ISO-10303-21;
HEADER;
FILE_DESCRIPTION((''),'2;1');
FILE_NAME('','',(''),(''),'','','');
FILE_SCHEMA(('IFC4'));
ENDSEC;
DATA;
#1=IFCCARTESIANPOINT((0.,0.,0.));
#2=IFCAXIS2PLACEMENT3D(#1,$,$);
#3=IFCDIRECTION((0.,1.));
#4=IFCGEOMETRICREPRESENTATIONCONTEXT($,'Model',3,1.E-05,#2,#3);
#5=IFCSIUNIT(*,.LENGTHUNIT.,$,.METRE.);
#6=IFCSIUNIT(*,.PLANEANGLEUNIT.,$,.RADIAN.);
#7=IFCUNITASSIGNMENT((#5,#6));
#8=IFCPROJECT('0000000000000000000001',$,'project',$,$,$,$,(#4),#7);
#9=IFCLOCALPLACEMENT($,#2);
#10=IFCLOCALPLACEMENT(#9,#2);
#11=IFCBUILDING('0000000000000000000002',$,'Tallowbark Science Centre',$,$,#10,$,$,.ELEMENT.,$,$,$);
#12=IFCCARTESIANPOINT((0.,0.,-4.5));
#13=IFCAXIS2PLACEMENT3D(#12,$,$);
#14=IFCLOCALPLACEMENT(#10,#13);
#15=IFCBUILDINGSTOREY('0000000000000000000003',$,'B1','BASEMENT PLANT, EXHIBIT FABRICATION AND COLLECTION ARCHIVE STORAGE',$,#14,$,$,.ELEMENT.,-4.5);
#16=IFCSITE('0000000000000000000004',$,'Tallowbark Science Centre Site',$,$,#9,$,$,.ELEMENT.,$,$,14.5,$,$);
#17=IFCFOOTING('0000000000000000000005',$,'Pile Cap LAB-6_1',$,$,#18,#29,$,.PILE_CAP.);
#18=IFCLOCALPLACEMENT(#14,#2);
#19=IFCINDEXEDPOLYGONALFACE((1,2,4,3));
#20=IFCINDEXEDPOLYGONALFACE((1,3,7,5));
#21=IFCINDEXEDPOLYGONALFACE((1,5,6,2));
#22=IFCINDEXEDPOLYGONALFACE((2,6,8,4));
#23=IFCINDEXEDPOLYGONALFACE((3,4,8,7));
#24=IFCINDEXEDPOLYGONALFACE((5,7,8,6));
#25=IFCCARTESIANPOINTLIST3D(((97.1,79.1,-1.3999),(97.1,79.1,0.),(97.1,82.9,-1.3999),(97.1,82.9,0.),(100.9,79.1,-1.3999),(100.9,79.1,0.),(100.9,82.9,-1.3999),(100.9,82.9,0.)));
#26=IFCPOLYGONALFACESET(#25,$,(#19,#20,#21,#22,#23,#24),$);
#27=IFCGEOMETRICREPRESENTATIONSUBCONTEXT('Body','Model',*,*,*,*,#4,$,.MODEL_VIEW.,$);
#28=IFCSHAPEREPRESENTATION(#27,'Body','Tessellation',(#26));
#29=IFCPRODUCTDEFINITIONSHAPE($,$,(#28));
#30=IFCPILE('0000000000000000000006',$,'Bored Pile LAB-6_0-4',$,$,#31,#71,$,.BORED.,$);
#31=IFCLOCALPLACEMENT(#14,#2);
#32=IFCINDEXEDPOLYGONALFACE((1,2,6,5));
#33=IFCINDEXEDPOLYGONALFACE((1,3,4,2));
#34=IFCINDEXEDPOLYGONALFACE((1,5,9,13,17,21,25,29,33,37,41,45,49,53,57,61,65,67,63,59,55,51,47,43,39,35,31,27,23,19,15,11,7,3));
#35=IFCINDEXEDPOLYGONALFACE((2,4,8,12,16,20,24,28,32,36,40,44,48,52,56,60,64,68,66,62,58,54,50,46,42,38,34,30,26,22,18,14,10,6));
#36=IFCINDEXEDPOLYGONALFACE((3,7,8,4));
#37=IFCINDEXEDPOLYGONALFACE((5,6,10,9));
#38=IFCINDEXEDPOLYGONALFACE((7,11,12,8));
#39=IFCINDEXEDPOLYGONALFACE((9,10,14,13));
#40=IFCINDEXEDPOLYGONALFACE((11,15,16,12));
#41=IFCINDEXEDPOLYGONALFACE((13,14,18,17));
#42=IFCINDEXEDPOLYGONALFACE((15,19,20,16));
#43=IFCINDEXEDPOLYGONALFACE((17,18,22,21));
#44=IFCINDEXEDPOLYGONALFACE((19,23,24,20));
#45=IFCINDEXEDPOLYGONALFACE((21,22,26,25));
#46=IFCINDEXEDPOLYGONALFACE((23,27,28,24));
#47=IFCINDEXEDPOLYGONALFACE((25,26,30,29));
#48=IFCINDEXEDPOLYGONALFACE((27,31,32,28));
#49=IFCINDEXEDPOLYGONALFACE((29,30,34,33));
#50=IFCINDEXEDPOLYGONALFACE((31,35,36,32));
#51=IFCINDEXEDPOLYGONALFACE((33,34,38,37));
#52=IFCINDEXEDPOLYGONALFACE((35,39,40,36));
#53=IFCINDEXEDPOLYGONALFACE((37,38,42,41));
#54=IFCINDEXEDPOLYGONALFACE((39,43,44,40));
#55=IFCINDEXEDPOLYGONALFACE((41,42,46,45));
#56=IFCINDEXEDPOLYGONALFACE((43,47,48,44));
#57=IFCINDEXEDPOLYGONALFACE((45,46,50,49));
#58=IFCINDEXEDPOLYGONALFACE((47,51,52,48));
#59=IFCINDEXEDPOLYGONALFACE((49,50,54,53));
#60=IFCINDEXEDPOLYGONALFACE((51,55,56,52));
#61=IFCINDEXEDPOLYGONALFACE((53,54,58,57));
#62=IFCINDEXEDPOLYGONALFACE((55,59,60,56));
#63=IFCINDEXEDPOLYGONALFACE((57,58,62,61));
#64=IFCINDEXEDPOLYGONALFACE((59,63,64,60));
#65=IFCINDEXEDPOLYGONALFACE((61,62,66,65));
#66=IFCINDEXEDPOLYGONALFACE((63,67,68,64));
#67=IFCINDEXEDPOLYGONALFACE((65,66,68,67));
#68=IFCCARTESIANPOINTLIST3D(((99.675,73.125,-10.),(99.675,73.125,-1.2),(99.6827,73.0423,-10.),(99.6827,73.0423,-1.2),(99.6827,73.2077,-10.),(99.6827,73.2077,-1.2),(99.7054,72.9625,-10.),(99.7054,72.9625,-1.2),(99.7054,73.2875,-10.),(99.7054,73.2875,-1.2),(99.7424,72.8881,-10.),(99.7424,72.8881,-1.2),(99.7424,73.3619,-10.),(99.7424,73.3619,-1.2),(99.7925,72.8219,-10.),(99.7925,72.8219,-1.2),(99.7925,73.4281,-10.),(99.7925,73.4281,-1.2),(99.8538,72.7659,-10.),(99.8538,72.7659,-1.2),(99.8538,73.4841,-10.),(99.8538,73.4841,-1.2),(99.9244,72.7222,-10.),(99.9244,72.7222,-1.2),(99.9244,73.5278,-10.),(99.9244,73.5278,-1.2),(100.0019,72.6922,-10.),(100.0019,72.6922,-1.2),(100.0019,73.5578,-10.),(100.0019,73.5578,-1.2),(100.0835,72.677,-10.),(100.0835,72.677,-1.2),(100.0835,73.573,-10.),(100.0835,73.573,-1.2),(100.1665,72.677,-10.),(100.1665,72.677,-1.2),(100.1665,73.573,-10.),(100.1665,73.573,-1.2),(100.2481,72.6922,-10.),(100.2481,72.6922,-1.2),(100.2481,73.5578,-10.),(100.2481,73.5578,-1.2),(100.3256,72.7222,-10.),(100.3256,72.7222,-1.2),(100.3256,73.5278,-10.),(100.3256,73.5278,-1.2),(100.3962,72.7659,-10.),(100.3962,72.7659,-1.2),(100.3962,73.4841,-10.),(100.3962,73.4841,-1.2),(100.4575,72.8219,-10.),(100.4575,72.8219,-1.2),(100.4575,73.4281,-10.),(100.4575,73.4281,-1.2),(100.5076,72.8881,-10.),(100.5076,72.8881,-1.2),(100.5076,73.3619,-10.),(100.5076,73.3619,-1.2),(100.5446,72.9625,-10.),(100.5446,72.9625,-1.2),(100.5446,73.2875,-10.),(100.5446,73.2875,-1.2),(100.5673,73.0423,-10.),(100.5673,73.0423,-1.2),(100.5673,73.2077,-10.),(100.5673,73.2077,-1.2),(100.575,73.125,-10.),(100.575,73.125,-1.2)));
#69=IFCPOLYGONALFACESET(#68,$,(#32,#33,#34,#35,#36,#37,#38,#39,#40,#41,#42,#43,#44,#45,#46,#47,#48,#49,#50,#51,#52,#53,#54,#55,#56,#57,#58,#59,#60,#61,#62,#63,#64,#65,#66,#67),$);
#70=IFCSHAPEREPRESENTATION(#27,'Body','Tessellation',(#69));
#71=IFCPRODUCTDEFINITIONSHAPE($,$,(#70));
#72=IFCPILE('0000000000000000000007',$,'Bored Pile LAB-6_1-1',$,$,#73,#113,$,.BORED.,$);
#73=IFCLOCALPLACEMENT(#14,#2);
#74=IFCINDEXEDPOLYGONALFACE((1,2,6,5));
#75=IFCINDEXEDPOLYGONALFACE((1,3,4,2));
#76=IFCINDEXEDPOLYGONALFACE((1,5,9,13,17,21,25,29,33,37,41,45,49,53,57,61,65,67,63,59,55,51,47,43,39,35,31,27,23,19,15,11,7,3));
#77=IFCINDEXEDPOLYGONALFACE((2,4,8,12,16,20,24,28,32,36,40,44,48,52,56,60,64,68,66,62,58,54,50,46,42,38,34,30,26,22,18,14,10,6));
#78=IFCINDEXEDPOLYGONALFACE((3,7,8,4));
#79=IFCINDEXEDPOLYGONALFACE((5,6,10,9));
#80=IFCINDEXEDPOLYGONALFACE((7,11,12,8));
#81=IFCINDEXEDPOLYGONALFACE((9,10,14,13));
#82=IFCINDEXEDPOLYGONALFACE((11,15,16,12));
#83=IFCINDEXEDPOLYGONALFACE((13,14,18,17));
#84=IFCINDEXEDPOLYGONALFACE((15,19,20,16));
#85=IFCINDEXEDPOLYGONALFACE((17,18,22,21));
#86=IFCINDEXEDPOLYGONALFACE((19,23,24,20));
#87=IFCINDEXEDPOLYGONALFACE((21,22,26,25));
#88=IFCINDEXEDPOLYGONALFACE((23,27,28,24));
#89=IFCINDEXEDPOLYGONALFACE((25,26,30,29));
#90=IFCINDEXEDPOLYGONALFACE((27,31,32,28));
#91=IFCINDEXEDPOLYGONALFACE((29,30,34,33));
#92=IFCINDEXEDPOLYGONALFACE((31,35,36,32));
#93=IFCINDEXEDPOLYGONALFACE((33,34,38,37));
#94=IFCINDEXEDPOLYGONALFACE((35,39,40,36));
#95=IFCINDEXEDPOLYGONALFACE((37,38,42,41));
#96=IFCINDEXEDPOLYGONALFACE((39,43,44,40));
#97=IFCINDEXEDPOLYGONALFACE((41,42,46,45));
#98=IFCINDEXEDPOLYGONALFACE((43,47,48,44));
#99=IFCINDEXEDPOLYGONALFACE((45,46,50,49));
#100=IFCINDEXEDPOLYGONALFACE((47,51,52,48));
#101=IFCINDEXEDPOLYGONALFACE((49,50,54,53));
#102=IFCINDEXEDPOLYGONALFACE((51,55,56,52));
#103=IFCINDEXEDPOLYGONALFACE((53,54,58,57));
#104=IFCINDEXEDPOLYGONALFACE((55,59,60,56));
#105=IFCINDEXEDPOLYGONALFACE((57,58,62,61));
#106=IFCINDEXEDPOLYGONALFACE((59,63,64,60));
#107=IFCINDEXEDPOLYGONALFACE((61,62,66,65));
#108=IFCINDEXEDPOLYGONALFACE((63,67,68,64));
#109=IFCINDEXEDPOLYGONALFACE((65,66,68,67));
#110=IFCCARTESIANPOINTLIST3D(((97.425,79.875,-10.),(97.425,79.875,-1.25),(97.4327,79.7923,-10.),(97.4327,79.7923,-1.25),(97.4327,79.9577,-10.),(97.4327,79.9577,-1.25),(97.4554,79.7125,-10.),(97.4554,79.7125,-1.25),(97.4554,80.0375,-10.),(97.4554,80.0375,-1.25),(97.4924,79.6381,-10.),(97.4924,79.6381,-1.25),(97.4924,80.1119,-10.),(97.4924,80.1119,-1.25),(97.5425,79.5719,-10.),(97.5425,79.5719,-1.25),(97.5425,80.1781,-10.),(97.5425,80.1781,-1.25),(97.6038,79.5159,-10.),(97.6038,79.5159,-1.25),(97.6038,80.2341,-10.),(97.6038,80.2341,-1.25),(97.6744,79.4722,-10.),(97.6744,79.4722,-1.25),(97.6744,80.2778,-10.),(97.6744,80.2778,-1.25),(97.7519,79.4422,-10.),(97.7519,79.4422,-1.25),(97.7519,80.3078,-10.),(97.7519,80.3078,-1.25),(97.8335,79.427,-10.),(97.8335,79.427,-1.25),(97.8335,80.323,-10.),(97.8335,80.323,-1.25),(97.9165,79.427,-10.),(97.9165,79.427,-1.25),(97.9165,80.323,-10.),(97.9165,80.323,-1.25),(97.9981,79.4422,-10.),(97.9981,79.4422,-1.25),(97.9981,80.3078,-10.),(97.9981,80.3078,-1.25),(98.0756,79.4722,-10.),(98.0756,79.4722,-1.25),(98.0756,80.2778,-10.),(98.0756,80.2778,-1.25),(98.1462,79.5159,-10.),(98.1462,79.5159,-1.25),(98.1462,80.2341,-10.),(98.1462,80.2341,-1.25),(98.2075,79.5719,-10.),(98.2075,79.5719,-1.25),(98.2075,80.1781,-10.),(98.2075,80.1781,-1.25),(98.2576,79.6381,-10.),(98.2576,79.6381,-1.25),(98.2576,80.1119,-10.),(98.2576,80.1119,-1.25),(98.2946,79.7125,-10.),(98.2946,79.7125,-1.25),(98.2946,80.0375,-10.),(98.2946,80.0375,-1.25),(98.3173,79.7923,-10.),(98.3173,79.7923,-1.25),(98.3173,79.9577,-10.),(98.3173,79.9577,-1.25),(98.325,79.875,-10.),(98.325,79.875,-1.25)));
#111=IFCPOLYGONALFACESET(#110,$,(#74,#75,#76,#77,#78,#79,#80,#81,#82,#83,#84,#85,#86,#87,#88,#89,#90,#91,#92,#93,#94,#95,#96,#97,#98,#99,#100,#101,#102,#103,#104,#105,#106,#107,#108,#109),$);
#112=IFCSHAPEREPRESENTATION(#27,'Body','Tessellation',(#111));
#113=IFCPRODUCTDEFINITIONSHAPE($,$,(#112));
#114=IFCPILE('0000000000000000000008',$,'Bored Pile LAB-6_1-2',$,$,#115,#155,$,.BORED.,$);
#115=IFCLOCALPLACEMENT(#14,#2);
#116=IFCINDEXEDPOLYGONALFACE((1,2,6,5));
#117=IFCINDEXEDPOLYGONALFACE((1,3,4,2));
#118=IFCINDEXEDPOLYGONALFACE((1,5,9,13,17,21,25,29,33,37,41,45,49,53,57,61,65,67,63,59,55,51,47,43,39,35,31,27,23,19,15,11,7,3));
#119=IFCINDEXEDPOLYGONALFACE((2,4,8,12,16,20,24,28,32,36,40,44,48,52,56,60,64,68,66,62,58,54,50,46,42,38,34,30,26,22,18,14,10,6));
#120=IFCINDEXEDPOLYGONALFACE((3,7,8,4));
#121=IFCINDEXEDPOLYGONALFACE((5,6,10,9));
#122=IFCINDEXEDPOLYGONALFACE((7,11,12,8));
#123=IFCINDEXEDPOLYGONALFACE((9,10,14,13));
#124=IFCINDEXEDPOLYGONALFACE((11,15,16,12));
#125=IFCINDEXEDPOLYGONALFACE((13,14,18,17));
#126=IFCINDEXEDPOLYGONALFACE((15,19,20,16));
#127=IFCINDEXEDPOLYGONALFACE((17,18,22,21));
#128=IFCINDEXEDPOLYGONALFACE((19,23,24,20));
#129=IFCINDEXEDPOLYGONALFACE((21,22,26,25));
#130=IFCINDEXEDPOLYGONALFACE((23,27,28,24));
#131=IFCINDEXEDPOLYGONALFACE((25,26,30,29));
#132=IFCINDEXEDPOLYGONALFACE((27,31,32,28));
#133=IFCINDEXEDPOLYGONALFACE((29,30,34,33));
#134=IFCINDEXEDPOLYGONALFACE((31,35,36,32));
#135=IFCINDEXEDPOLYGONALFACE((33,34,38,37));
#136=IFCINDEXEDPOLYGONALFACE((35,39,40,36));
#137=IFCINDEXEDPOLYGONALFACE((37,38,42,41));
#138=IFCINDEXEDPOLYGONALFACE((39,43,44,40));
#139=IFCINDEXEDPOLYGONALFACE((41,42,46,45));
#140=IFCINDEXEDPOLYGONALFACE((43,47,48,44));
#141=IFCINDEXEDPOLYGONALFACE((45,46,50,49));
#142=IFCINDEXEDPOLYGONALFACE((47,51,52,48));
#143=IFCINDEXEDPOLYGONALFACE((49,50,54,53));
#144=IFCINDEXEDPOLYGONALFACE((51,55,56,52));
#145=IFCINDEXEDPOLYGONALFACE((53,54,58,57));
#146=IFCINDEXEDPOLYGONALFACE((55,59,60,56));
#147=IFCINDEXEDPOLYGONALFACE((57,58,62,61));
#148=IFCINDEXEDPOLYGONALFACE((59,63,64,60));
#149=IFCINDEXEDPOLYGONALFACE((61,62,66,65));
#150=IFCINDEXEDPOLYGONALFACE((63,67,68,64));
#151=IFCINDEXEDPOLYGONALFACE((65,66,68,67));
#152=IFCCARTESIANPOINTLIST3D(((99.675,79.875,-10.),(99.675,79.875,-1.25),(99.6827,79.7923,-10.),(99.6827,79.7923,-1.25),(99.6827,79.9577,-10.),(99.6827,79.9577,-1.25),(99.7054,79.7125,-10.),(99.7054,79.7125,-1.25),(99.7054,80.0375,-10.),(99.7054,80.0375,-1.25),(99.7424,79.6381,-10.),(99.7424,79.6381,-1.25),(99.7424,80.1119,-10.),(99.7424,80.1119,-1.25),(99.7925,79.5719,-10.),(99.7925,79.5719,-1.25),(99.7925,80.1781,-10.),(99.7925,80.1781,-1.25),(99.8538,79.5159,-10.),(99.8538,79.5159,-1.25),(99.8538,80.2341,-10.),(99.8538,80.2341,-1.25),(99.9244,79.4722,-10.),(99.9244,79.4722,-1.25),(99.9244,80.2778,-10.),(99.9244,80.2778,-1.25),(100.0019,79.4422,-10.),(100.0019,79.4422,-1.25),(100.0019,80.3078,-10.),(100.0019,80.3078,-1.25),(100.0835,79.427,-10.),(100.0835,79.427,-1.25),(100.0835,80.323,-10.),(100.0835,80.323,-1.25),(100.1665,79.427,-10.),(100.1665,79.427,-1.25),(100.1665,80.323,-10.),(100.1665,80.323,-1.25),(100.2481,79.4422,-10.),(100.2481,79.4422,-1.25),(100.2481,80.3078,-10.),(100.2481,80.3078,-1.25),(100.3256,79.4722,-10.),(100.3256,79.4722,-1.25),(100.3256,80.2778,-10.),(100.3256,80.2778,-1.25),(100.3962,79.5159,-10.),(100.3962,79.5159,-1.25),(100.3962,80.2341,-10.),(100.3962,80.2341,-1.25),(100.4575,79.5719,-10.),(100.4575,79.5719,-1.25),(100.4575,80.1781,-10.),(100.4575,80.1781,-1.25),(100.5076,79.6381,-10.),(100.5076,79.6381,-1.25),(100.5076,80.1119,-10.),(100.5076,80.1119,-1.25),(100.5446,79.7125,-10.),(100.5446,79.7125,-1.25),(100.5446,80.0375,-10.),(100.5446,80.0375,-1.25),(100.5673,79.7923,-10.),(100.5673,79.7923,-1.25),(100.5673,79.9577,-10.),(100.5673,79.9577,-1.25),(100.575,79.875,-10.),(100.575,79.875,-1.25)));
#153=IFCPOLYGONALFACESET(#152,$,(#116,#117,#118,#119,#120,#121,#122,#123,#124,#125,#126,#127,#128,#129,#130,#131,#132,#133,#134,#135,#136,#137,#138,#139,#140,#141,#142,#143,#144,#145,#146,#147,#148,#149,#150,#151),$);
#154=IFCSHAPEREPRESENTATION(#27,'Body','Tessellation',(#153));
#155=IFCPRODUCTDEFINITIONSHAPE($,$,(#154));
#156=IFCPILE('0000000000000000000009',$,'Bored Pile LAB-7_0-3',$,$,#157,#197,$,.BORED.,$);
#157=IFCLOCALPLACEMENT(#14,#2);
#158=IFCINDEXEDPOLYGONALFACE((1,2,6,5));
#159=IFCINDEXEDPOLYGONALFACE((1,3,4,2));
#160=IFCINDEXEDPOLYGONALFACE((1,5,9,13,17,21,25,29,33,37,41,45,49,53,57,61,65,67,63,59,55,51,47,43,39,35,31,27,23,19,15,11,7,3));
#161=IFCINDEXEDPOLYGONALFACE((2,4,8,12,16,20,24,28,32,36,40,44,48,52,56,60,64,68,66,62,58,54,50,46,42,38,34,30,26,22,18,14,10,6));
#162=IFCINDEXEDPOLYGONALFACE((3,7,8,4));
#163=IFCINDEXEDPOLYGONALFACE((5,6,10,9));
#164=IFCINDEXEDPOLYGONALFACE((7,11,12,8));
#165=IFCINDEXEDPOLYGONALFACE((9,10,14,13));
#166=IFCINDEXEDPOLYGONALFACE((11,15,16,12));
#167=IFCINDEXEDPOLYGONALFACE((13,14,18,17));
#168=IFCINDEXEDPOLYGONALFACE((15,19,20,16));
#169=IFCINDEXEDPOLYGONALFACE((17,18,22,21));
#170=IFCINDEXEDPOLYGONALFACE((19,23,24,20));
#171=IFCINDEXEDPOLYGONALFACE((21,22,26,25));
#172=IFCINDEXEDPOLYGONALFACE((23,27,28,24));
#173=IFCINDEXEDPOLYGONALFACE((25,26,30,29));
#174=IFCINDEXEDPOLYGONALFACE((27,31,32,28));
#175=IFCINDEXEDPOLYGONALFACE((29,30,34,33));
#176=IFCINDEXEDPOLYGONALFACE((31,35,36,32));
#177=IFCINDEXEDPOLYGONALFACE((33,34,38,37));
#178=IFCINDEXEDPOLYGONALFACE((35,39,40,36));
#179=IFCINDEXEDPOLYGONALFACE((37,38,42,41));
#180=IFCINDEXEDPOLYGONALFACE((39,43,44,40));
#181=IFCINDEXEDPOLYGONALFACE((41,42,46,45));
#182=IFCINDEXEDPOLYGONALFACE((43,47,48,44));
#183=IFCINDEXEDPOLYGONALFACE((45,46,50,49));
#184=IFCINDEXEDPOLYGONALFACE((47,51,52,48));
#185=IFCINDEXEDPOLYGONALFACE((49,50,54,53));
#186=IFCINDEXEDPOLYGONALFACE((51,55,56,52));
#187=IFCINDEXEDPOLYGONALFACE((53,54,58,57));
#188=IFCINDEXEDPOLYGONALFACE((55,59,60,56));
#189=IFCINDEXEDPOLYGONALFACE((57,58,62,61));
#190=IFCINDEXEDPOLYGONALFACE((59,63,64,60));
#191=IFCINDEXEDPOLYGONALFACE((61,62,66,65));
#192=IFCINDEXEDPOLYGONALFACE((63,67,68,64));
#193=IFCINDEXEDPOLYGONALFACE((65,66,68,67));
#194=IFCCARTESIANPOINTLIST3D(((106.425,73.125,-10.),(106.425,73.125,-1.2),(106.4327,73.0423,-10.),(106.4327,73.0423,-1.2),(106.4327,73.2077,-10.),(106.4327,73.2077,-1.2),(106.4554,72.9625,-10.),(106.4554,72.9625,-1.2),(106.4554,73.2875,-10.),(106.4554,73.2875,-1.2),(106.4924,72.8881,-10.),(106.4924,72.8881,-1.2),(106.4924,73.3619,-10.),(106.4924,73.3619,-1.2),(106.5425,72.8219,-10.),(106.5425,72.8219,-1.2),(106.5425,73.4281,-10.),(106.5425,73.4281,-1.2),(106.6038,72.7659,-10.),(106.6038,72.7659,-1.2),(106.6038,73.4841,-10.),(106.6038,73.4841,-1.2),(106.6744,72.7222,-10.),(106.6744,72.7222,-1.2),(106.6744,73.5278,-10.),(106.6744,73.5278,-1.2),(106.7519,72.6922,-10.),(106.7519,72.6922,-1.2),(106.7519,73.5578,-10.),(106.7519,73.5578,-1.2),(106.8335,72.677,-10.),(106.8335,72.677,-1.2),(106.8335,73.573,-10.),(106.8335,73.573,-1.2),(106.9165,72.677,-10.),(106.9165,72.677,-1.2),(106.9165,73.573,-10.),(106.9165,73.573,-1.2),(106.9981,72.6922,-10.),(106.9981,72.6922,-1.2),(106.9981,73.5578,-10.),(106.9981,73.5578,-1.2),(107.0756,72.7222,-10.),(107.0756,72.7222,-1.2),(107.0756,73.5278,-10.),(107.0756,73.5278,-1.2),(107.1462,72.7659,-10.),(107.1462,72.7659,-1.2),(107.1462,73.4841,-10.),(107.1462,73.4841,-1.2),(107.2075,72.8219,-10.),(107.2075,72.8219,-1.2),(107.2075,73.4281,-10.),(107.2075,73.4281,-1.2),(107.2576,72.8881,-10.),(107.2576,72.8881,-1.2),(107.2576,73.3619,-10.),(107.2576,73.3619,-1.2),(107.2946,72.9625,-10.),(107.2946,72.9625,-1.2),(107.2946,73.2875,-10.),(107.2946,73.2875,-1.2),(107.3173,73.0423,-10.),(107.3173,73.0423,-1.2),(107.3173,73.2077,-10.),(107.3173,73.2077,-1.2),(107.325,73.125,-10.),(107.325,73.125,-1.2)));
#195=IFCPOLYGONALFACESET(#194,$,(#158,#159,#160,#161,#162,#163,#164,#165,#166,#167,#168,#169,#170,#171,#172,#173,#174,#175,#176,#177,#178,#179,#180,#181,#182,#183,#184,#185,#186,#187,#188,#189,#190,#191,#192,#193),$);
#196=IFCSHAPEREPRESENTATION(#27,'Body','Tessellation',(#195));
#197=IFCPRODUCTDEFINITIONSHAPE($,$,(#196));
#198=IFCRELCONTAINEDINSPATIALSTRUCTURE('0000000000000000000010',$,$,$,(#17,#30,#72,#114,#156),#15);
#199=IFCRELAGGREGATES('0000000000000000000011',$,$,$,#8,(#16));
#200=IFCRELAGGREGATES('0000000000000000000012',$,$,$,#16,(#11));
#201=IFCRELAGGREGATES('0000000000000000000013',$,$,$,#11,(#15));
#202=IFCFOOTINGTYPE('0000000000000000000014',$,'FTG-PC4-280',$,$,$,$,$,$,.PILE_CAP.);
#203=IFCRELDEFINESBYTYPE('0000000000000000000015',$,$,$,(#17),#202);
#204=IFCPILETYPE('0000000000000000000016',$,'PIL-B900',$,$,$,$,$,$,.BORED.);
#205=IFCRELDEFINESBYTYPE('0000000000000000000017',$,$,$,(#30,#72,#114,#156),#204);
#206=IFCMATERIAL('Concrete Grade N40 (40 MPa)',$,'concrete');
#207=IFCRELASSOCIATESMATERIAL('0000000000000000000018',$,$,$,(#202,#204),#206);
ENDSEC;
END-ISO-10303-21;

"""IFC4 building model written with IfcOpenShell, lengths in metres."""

from ifc_helpers import new_model, si_unit, direction, frame, origin, origin_2d, place, context, subcontext, project, spatial, rectangle, circle, extrude, material, material_profile, profile_set, type_object, element, save


model = new_model("IFC4")

# Units and contexts
model_context = context("Model", 3, precision=1e-05, world=origin(), true_north=direction((0.0, 1.0)))
body_context = subcontext(model_context, "Body", "Model", "MODEL_VIEW")
ifc_project = project(units=[si_unit("LENGTHUNIT", "METRE"), si_unit("PLANEANGLEUNIT", "RADIAN")], contexts=[model_context])

# Site, building, storey
site_placement = place(None, origin())
site = spatial("IfcSite", under=ifc_project, at=site_placement, Name="Tallowbark Science Centre Site", CompositionType="ELEMENT", RefElevation=14.5)
building_placement = place(site_placement, origin())
building = spatial("IfcBuilding", under=site, at=building_placement, Name="Tallowbark Science Centre", CompositionType="ELEMENT")
storey_placement = place(building_placement, frame((0.0, 0.0, -4.5)))
storey = spatial("IfcBuildingStorey", under=building, at=storey_placement, Name="B1", Description="BASEMENT PLANT, EXHIBIT FABRICATION AND COLLECTION ARCHIVE STORAGE", CompositionType="ELEMENT", Elevation=-4.5)

# Footing
ifc_material_1 = material(Name="Concrete Grade N40 (40 MPa)", Category="concrete")
footing_type = type_object("IfcFootingType", Name="FTG-PC4-280", PredefinedType="PILE_CAP", material=ifc_material_1)
footing_placement = place(storey_placement, frame((99.0, 81.0, -1.3999), z_axis=(0.0, 0.0, 1.0), x_axis=(1.0, 0.0, 0.0)))
element("IfcFooting", 1, at=footing_placement, inside=storey, type_object=footing_type, Name="Pile Cap LAB-6_1", PredefinedType="PILE_CAP", context=body_context, shape_type="SweptSolid", body=[
    extrude(rectangle(XDim=3.8, YDim=3.8, at=origin_2d()), origin(), (0.0, 0.0, 1.0), 1.3999),
])

# Piles
ifc_material_profile_1 = material_profile(ifc_material_1, circle(Radius=0.45, at=origin_2d()), Name="PILE900")
ifc_profile_set_1 = profile_set([ifc_material_profile_1], Name="Concrete Grade N40 (40 MPa)")
pile_type = type_object("IfcPileType", Name="PIL-B900", PredefinedType="BORED", material=ifc_profile_set_1)
pile_1_placement = place(storey_placement, frame((100.125, 73.125, -1.2), z_axis=(0.0, 0.0, -1.0), x_axis=(1.0, 0.0, 0.0)))
element("IfcPile", 2, at=pile_1_placement, inside=storey, type_object=pile_type, Name="Bored Pile LAB-6_0-4", PredefinedType="BORED", context=body_context, shape_type="SweptSolid", body=[
    extrude(circle(Radius=0.45, at=origin_2d()), origin(), (0.0, 0.0, 1.0), 8.8),
])
for number, where, z_axis, x_axis, name in (
    (3, (97.875, 79.875, -1.25), (0.0, 0.0, -1.0), (1.0, 0.0, 0.0), "Bored Pile LAB-6_1-1"),
    (4, (100.125, 79.875, -1.25), (0.0, 0.0, -1.0), (1.0, 0.0, 0.0), "Bored Pile LAB-6_1-2"),
):
    element("IfcPile", number, at=place(storey_placement, frame(where, z_axis=z_axis, x_axis=x_axis)), inside=storey, type_object=pile_type, Name=name, PredefinedType="BORED", context=body_context, shape_type="SweptSolid", body=[
        extrude(circle(Radius=0.45, at=origin_2d()), origin(), (0.0, 0.0, 1.0), 8.75),
    ])
pile_2_placement = place(storey_placement, frame((106.875, 73.125, -1.2), z_axis=(0.0, 0.0, -1.0), x_axis=(1.0, 0.0, 0.0)))
element("IfcPile", 5, at=pile_2_placement, inside=storey, type_object=pile_type, Name="Bored Pile LAB-7_0-3", PredefinedType="BORED", context=body_context, shape_type="SweptSolid", body=[
    extrude(circle(Radius=0.45, at=origin_2d()), origin(), (0.0, 0.0, 1.0), 8.8),
])

save(model, "model.ifc")
